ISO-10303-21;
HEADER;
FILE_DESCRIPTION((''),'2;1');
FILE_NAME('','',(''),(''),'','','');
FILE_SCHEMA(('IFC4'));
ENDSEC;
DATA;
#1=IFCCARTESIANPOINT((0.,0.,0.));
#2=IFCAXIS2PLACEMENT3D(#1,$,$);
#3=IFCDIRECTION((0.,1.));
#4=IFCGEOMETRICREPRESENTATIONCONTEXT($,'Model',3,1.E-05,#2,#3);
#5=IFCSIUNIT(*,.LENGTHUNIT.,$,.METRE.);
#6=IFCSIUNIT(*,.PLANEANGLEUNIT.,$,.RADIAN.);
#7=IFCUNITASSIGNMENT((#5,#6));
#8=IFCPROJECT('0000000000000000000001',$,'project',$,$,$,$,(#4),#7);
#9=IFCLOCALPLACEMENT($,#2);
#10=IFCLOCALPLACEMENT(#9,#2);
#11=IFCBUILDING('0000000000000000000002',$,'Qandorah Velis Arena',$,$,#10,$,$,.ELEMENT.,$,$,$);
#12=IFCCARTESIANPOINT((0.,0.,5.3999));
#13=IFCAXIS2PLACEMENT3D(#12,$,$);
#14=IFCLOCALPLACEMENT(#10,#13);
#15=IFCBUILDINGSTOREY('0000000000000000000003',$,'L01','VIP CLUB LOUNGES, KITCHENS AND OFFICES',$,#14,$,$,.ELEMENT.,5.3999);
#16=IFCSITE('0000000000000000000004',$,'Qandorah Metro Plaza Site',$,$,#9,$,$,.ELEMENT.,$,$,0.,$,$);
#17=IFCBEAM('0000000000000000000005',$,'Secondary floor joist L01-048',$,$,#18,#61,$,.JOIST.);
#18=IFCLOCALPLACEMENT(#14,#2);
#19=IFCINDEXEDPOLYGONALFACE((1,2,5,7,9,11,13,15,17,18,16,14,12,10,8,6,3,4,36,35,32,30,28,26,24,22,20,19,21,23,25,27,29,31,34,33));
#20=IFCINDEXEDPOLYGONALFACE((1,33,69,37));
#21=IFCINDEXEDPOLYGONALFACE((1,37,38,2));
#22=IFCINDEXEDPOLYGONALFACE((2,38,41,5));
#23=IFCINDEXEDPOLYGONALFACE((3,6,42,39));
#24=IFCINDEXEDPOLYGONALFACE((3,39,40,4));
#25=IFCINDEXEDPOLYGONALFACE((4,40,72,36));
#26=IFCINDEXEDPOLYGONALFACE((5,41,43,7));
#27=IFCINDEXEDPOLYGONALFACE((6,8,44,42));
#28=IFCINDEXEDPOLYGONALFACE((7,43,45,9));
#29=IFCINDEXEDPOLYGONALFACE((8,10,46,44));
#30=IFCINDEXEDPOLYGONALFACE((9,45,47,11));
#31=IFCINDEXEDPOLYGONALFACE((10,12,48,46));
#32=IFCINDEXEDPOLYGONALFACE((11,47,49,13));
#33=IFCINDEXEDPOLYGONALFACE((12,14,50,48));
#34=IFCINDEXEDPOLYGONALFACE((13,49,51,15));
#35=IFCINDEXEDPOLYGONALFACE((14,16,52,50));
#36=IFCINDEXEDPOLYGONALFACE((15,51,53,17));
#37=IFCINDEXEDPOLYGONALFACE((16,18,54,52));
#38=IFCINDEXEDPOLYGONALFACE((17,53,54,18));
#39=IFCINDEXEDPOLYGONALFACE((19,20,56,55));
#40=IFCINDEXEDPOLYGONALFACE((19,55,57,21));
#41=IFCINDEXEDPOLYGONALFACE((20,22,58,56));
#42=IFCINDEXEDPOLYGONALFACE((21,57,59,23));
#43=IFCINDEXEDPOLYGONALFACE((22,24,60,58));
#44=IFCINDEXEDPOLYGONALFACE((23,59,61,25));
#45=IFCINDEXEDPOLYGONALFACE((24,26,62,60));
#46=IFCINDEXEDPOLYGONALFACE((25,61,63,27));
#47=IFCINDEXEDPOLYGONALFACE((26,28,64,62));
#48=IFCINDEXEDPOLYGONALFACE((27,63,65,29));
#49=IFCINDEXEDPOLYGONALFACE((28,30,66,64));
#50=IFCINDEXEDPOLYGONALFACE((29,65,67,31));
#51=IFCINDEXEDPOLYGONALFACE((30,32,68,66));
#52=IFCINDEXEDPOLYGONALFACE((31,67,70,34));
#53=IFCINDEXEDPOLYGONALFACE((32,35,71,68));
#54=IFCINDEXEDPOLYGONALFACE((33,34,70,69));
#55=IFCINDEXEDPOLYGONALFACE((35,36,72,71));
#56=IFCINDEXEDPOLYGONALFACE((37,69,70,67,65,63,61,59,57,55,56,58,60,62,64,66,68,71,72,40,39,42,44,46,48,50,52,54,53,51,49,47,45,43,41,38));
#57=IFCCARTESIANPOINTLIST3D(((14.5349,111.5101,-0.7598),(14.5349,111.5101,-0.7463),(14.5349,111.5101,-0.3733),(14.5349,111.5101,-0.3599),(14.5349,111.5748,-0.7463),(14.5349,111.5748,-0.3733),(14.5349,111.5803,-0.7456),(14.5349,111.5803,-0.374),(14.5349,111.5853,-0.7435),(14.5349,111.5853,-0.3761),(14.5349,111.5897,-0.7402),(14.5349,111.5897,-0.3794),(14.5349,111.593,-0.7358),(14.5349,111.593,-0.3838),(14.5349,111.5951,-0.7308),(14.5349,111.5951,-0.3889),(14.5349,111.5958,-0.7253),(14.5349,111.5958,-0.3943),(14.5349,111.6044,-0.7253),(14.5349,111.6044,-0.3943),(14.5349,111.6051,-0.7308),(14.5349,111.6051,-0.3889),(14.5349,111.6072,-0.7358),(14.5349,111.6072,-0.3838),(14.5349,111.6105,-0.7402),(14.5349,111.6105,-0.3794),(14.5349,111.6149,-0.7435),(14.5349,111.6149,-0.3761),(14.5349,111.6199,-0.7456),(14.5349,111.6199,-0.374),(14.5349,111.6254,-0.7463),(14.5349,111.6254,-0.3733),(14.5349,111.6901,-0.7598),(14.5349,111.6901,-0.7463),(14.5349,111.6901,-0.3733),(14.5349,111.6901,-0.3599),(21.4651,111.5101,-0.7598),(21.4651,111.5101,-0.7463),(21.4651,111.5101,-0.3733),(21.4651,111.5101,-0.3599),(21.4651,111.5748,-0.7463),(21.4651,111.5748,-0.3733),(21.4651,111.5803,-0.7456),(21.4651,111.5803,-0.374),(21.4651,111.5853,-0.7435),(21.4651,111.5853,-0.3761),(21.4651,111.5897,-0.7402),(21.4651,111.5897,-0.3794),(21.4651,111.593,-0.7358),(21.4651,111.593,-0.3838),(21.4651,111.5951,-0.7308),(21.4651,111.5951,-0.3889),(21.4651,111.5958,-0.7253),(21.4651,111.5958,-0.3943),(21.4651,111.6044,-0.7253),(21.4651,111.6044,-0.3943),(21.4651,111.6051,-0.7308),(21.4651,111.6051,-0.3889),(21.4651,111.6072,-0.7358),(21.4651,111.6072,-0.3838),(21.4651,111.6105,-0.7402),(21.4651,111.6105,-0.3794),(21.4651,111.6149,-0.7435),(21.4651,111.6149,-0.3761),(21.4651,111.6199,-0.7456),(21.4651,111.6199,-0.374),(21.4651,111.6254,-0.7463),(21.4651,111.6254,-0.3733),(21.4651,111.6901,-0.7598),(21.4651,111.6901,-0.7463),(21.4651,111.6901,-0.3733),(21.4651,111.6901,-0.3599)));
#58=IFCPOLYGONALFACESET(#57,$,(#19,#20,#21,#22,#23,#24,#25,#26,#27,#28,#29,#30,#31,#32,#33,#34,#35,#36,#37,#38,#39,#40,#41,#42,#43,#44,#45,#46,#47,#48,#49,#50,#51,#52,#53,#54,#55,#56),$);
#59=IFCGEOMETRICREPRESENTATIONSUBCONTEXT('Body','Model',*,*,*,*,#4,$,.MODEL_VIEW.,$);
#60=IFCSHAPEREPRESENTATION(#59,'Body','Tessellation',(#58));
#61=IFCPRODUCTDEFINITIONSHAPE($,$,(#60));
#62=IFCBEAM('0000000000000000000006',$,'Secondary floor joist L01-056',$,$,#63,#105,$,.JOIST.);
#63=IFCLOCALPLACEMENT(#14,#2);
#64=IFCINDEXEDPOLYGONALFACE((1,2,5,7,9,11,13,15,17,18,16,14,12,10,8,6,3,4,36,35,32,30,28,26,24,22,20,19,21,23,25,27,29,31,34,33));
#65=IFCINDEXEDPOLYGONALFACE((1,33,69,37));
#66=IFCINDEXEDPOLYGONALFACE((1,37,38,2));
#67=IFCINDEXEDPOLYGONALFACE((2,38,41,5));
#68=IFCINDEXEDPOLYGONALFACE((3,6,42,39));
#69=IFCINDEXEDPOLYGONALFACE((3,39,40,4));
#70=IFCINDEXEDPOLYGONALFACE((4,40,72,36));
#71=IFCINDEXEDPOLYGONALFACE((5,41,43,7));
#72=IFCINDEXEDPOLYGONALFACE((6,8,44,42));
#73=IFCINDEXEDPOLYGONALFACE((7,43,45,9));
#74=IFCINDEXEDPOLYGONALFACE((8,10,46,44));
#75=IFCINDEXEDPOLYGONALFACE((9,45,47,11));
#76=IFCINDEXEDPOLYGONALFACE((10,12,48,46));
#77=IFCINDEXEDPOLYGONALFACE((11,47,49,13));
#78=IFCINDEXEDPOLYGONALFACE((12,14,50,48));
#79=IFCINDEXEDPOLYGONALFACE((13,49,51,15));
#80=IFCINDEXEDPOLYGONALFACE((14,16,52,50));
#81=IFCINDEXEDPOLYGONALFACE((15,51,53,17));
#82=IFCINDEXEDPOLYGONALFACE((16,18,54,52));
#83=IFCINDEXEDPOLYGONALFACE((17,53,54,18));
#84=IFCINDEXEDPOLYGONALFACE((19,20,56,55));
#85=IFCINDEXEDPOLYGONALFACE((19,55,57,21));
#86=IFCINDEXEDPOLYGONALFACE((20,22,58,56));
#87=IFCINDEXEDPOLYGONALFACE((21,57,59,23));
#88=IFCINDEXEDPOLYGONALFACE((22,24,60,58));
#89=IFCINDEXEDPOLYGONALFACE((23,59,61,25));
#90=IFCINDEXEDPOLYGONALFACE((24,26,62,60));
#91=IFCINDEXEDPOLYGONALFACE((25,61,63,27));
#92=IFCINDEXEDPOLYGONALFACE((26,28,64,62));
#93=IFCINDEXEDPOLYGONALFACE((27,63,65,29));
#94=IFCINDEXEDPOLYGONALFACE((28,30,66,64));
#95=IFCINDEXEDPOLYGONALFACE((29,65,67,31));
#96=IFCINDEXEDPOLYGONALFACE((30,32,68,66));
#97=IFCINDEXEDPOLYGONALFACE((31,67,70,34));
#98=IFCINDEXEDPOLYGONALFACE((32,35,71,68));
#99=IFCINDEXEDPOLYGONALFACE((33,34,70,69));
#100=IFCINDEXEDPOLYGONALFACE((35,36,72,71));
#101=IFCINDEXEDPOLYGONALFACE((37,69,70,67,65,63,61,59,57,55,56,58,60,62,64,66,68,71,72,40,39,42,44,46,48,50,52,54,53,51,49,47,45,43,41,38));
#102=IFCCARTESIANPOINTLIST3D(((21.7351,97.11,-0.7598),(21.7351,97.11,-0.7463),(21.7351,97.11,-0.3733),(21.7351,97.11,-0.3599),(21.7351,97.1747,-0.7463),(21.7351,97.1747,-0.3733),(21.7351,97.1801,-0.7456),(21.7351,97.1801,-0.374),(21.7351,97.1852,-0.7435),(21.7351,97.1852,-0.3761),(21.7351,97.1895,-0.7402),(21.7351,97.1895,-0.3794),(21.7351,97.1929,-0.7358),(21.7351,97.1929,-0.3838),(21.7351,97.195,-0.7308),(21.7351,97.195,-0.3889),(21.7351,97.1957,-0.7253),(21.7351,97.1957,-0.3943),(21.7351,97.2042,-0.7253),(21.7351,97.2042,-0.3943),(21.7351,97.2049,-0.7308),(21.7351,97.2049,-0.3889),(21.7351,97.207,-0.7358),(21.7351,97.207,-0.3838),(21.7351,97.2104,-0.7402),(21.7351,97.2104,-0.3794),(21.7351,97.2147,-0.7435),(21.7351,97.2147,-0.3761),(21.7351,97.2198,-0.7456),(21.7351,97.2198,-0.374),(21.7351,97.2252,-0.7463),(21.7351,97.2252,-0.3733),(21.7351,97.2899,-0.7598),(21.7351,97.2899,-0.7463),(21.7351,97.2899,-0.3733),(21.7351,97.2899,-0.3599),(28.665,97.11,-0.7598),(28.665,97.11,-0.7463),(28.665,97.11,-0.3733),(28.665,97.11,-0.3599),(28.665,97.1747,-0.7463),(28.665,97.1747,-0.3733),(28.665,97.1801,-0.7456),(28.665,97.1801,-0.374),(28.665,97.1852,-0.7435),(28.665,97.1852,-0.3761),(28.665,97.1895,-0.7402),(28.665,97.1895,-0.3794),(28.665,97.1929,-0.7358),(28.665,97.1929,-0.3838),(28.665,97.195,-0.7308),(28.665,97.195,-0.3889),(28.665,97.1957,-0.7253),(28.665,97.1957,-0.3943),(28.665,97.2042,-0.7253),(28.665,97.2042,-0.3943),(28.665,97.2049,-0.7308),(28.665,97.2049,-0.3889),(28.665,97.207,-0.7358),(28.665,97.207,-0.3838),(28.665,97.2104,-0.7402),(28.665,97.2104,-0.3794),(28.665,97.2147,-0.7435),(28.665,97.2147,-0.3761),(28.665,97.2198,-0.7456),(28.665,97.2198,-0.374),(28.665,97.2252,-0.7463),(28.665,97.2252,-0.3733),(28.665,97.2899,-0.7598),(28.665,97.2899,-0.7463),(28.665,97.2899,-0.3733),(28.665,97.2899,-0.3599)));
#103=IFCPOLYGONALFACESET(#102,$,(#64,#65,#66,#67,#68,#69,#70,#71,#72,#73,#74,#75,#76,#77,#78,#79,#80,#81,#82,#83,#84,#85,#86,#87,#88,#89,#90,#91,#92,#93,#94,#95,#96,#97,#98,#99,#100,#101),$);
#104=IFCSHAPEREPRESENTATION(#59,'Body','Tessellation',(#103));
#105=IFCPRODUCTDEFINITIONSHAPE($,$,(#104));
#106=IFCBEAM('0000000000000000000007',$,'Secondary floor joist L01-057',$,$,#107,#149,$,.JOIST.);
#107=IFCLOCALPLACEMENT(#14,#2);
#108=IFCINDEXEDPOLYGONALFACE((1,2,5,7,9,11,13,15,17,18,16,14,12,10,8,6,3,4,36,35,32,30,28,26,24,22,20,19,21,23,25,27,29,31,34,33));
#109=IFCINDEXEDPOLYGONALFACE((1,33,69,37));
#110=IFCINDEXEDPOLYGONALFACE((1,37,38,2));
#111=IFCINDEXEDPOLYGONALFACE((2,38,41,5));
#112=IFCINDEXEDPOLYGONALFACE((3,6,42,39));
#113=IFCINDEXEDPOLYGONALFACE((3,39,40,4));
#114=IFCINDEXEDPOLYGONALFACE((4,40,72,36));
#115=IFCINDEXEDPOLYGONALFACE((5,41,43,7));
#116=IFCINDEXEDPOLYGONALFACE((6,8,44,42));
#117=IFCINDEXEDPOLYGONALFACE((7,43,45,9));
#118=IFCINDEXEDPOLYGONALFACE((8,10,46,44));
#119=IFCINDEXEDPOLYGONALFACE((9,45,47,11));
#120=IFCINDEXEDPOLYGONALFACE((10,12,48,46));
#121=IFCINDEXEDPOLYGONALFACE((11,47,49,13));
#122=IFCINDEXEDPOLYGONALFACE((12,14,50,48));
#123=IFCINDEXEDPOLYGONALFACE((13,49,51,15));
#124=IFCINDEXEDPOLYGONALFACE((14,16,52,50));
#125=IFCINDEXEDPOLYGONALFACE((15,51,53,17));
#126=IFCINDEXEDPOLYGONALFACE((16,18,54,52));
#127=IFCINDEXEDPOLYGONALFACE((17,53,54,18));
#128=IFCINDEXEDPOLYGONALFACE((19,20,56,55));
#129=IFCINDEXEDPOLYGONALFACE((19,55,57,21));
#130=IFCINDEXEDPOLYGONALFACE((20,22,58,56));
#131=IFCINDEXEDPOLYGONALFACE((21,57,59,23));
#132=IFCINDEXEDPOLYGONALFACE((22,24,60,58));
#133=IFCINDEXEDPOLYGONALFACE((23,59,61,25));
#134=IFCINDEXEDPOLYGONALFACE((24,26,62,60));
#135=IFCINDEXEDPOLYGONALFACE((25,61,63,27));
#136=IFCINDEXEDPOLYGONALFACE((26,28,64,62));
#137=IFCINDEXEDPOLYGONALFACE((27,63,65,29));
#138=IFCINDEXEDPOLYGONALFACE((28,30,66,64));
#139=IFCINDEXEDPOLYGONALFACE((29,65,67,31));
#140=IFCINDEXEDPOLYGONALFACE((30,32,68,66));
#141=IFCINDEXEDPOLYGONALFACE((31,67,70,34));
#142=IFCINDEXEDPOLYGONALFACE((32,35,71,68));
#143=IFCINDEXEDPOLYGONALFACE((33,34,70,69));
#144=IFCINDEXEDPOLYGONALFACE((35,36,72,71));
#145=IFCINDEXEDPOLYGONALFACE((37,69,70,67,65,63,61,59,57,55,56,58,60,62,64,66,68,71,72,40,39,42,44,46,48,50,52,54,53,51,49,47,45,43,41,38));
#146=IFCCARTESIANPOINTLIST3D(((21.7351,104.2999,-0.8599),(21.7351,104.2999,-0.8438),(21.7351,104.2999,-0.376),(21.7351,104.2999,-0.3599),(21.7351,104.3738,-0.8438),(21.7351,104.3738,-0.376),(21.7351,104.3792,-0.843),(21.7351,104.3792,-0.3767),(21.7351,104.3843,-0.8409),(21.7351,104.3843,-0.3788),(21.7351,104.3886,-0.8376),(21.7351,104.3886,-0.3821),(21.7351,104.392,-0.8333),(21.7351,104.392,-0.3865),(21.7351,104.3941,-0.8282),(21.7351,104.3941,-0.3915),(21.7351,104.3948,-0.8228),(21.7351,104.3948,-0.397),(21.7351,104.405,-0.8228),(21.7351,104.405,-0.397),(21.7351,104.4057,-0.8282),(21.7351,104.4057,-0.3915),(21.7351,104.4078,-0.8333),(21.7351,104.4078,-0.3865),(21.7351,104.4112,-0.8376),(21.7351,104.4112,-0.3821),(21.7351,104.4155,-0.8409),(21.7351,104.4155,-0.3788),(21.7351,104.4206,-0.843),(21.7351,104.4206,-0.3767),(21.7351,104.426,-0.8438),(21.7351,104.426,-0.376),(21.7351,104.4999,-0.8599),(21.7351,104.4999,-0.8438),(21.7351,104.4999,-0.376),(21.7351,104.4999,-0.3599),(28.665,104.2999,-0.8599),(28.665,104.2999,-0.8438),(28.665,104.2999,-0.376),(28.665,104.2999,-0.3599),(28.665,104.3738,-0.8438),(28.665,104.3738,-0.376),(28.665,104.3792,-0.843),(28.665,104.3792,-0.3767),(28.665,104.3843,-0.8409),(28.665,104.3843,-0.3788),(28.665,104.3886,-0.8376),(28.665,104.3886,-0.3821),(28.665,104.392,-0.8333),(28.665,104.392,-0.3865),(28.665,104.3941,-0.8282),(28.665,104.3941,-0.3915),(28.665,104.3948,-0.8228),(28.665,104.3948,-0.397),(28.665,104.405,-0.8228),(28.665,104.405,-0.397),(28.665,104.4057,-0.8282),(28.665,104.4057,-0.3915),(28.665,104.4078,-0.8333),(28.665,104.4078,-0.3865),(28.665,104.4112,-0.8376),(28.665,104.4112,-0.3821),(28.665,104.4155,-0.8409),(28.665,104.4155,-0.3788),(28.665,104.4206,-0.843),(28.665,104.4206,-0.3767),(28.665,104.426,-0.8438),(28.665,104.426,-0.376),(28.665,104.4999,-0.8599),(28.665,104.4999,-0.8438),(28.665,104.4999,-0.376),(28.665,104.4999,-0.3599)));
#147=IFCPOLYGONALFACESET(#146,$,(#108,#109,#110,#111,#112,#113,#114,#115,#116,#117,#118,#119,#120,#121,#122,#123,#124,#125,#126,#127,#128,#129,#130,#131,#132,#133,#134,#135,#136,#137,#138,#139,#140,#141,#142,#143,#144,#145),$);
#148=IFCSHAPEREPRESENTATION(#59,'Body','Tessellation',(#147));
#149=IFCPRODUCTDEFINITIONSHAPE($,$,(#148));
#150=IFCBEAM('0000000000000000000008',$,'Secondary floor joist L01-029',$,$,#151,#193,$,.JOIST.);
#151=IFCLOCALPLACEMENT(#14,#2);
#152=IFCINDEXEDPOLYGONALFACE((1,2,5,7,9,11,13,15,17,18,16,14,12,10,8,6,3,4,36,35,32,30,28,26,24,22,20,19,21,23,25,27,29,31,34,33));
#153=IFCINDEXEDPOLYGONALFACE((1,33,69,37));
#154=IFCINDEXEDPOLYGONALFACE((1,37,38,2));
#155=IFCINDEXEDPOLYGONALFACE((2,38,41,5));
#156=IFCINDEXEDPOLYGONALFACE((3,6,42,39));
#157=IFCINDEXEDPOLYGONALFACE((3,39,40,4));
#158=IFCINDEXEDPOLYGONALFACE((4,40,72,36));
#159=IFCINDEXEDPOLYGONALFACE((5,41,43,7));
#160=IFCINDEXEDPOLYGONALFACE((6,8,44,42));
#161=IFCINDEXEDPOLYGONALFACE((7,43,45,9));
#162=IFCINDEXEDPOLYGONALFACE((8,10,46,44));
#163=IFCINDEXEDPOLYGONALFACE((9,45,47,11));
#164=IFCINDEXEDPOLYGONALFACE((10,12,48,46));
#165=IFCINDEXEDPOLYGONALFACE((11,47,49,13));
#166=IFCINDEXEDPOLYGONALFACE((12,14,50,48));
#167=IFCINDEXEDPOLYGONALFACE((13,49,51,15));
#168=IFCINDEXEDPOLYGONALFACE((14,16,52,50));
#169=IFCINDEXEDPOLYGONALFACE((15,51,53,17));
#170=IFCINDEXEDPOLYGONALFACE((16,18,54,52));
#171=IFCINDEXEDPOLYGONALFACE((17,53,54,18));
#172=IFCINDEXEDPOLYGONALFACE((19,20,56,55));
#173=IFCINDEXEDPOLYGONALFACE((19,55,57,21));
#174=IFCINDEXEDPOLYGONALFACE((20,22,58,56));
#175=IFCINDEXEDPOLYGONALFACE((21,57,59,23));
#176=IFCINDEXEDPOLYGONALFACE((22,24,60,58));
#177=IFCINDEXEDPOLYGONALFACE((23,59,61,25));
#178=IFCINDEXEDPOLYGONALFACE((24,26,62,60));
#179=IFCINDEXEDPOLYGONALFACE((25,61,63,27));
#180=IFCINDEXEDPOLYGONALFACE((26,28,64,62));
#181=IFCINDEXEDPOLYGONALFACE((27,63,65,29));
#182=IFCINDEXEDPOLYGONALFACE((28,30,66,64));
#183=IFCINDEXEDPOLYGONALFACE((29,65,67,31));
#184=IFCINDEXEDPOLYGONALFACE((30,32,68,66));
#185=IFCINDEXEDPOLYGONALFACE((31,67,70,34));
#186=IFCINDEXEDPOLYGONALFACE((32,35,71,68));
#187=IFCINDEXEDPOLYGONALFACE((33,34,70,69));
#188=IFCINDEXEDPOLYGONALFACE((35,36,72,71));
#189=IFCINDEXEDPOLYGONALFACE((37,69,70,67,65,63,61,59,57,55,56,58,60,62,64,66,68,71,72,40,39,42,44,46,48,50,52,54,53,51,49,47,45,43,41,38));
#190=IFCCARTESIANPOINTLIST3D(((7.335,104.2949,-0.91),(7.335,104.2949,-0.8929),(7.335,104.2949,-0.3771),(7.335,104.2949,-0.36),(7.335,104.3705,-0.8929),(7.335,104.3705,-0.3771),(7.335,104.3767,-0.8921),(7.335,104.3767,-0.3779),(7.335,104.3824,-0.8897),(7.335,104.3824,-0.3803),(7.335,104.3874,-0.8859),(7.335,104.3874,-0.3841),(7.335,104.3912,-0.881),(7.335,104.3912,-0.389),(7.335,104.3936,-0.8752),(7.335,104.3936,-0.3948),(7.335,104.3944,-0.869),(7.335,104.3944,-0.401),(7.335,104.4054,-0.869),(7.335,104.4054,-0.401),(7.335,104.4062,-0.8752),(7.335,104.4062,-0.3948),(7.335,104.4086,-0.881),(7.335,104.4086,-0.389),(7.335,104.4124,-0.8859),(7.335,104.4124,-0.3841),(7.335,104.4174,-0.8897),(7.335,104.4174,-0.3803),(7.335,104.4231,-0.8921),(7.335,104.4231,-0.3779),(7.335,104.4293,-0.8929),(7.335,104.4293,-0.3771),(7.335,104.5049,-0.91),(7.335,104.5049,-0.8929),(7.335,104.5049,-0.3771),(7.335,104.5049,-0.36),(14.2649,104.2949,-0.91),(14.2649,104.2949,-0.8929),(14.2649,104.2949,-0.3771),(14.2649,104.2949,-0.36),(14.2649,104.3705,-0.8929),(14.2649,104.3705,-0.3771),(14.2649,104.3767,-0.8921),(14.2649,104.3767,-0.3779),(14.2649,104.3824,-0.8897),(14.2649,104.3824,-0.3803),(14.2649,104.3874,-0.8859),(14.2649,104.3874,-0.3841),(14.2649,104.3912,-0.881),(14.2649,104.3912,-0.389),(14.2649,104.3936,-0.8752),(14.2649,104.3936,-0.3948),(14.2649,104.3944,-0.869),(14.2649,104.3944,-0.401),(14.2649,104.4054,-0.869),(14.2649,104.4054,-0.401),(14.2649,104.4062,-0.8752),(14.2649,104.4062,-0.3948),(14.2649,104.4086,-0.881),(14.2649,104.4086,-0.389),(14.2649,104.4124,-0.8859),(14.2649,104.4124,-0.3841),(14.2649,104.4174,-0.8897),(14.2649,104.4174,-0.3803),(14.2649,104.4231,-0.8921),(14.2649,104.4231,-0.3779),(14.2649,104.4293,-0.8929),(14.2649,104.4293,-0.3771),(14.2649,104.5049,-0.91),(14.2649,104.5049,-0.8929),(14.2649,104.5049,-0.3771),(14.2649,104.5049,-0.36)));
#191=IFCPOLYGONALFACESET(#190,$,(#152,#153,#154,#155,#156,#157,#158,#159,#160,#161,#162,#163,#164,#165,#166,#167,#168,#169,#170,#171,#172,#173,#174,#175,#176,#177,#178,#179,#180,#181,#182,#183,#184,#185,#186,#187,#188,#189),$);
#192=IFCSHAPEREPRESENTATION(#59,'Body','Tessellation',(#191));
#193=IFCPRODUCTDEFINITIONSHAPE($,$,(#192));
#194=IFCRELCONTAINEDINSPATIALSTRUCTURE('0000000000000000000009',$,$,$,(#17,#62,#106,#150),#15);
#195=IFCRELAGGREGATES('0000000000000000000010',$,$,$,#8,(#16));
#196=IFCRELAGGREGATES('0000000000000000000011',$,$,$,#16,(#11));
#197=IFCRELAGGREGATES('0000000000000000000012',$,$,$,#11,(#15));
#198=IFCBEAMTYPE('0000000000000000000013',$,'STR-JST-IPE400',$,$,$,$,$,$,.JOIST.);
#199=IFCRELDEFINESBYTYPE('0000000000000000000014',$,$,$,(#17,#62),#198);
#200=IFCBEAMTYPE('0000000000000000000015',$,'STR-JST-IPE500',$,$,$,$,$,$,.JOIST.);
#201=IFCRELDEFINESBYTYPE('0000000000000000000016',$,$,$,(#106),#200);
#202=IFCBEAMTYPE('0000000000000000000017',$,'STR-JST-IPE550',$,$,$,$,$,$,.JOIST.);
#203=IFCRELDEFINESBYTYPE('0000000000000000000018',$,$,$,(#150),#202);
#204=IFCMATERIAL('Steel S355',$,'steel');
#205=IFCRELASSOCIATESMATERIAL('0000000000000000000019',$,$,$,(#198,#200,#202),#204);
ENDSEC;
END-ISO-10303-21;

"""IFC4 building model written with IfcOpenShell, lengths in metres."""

from ifc_helpers import new_model, si_unit, direction, frame, origin, origin_2d, place, context, subcontext, project, spatial, i_section, extrude, material, material_profile, profile_set, type_object, element, save


model = new_model("IFC4")

# Units and contexts
model_context = context("Model", 3, precision=1e-05, world=origin(), true_north=direction((0.0, 1.0)))
body_context = subcontext(model_context, "Body", "Model", "MODEL_VIEW")
ifc_project = project(units=[si_unit("LENGTHUNIT", "METRE"), si_unit("PLANEANGLEUNIT", "RADIAN")], contexts=[model_context])

# Site, building, storey
site_placement = place(None, origin())
site = spatial("IfcSite", under=ifc_project, at=site_placement, Name="Qandorah Metro Plaza Site", CompositionType="ELEMENT", RefElevation=0.0)
building_placement = place(site_placement, origin())
building = spatial("IfcBuilding", under=site, at=building_placement, Name="Qandorah Velis Arena", CompositionType="ELEMENT")
storey_placement = place(building_placement, frame((0.0, 0.0, 5.3999)))
storey = spatial("IfcBuildingStorey", under=building, at=storey_placement, Name="L01", Description="VIP CLUB LOUNGES, KITCHENS AND OFFICES", CompositionType="ELEMENT", Elevation=5.3999)

# Beams
ifc_material_1 = material(Name="Steel S355", Category="steel")
ifc_material_profile_1 = material_profile(ifc_material_1, i_section(OverallWidth=0.1799, OverallDepth=0.3999, WebThickness=0.0085, FlangeThickness=0.0134, FilletRadius=0.021, at=origin_2d()), Name="IPE 400")
ifc_profile_set_1 = profile_set([ifc_material_profile_1], Name="Steel S355")
beam_type_1 = type_object("IfcBeamType", Name="STR-JST-IPE400", PredefinedType="JOIST", material=ifc_profile_set_1)
for number, where, z_axis, x_axis, name in (
    (1, (14.5349, 111.6001, -0.5598), (1.0, 0.0, 0.0), (0.0, 1.0, 0.0), "Secondary floor joist L01-048"),
):
    element("IfcBeam", number, at=place(storey_placement, frame(where, z_axis=z_axis, x_axis=x_axis)), inside=storey, type_object=beam_type_1, Name=name, PredefinedType="JOIST", context=body_context, shape_type="SweptSolid", body=[
        extrude(i_section(OverallWidth=0.1799, OverallDepth=0.3999, WebThickness=0.0085, FlangeThickness=0.0134, FilletRadius=0.021, at=origin_2d()), origin(), (0.0, 0.0, 1.0), 6.9302),
    ])
beam_1_placement = place(storey_placement, frame((21.7351, 97.2, -0.5598), z_axis=(1.0, 0.0, 0.0), x_axis=(0.0, 1.0, 0.0)))
element("IfcBeam", 2, at=beam_1_placement, inside=storey, type_object=beam_type_1, Name="Secondary floor joist L01-056", PredefinedType="JOIST", context=body_context, shape_type="SweptSolid", body=[
    extrude(i_section(OverallWidth=0.1799, OverallDepth=0.3999, WebThickness=0.0085, FlangeThickness=0.0134, FilletRadius=0.021, at=origin_2d()), origin(), (0.0, 0.0, 1.0), 6.9299),
])
ifc_material_profile_2 = material_profile(ifc_material_1, i_section(OverallWidth=0.2, OverallDepth=0.5, WebThickness=0.0103, FlangeThickness=0.0161, FilletRadius=0.021, at=origin_2d()), Name="IPE 500")
ifc_profile_set_2 = profile_set([ifc_material_profile_2], Name="Steel S355")
beam_type_2 = type_object("IfcBeamType", Name="STR-JST-IPE500", PredefinedType="JOIST", material=ifc_profile_set_2)
beam_2_placement = place(storey_placement, frame((21.7351, 104.3999, -0.6099), z_axis=(1.0, 0.0, 0.0), x_axis=(0.0, 1.0, 0.0)))
element("IfcBeam", 3, at=beam_2_placement, inside=storey, type_object=beam_type_2, Name="Secondary floor joist L01-057", PredefinedType="JOIST", context=body_context, shape_type="SweptSolid", body=[
    extrude(i_section(OverallWidth=0.2, OverallDepth=0.5, WebThickness=0.0103, FlangeThickness=0.0161, FilletRadius=0.021, at=origin_2d()), origin(), (0.0, 0.0, 1.0), 6.9299),
])
ifc_material_profile_3 = material_profile(ifc_material_1, i_section(OverallWidth=0.21, OverallDepth=0.55, WebThickness=0.011, FlangeThickness=0.0171, FilletRadius=0.0239, at=origin_2d()), Name="IPE 550")
ifc_profile_set_3 = profile_set([ifc_material_profile_3], Name="Steel S355")
beam_type_3 = type_object("IfcBeamType", Name="STR-JST-IPE550", PredefinedType="JOIST", material=ifc_profile_set_3)
for number, where, z_axis, x_axis, name in (
    (4, (7.335, 104.3999, -0.635), (1.0, 0.0, 0.0), (0.0, 1.0, 0.0), "Secondary floor joist L01-029"),
):
    element("IfcBeam", number, at=place(storey_placement, frame(where, z_axis=z_axis, x_axis=x_axis)), inside=storey, type_object=beam_type_3, Name=name, PredefinedType="JOIST", context=body_context, shape_type="SweptSolid", body=[
        extrude(i_section(OverallWidth=0.21, OverallDepth=0.55, WebThickness=0.011, FlangeThickness=0.0171, FilletRadius=0.0239, at=origin_2d()), origin(), (0.0, 0.0, 1.0), 6.9299),
    ])

save(model, "model.ifc")
